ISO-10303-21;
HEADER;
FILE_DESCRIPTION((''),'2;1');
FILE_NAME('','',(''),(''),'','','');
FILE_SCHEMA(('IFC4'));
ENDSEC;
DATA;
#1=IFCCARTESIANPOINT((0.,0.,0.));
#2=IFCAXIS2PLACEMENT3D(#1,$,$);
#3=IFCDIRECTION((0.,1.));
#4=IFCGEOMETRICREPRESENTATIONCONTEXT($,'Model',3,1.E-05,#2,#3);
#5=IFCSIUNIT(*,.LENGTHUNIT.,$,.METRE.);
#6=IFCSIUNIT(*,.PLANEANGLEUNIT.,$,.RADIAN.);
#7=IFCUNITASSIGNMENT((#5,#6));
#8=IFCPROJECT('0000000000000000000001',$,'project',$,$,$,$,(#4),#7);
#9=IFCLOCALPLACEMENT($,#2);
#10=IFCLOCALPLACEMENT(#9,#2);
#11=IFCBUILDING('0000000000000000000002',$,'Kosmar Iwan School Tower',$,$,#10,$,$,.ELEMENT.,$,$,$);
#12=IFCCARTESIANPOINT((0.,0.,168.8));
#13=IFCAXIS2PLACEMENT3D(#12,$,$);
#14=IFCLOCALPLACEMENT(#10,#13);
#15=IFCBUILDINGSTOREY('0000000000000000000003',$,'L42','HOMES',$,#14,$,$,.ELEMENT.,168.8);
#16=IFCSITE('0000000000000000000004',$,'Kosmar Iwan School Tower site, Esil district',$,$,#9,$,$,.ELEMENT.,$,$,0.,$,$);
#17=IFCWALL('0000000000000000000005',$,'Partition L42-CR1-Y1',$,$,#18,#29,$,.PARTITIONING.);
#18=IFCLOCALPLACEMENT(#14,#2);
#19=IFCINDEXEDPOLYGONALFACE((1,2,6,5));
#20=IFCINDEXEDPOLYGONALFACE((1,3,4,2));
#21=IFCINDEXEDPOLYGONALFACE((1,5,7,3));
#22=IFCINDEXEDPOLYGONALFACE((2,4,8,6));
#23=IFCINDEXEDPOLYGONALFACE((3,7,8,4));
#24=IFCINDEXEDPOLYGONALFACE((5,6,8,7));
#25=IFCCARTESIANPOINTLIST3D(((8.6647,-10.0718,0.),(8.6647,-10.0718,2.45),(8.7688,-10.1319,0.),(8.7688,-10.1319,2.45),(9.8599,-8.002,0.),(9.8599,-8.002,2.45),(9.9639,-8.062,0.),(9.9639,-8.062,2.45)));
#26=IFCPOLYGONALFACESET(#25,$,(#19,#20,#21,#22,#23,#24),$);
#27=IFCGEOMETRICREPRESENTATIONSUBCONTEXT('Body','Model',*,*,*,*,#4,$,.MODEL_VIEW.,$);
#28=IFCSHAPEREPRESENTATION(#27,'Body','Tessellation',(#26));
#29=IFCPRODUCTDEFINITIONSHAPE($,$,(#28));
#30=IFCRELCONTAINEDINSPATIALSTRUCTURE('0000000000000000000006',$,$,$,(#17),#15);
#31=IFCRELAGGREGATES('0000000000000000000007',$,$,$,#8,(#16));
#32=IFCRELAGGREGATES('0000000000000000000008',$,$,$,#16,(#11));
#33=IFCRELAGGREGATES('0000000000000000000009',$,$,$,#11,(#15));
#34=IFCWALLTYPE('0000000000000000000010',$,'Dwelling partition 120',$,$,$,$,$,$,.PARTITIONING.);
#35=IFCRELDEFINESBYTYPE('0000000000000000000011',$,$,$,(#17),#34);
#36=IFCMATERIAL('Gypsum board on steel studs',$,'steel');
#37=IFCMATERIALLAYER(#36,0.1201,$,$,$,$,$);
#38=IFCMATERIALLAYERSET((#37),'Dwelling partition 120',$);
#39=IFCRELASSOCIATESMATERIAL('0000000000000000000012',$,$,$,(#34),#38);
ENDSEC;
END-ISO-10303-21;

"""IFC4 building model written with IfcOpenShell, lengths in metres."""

from ifc_helpers import new_model, si_unit, direction, frame, frame_2d, origin, place, context, subcontext, project, spatial, rectangle, extrude, material, layer, layer_set, type_object, element, save


model = new_model("IFC4")

# Units and contexts
model_context = context("Model", 3, precision=1e-05, world=origin(), true_north=direction((0.0, 1.0)))
body_context = subcontext(model_context, "Body", "Model", "MODEL_VIEW")
ifc_project = project(units=[si_unit("LENGTHUNIT", "METRE"), si_unit("PLANEANGLEUNIT", "RADIAN")], contexts=[model_context])

# Site, building, storey
site_placement = place(None, origin())
site = spatial("IfcSite", under=ifc_project, at=site_placement, Name="Kosmar Iwan School Tower site, Esil district", CompositionType="ELEMENT", RefElevation=0.0)
building_placement = place(site_placement, origin())
building = spatial("IfcBuilding", under=site, at=building_placement, Name="Kosmar Iwan School Tower", CompositionType="ELEMENT")
storey_placement = place(building_placement, frame((0.0, 0.0, 168.8)))
storey = spatial("IfcBuildingStorey", under=building, at=storey_placement, Name="L42", Description="HOMES", CompositionType="ELEMENT", Elevation=168.8)

# Shared definitions
ifc_material_1 = material(Name="Gypsum board on steel studs", Category="steel")
ifc_layer = layer(ifc_material_1, 0.1201)
ifc_layer_set = layer_set([ifc_layer], Name="Dwelling partition 120")
wall_type = type_object("IfcWallType", Name="Dwelling partition 120", PredefinedType="PARTITIONING", material=ifc_layer_set)

# Wall
wall_1_placement = place(storey_placement, frame((9.9119, -8.032, 0.0), z_axis=(0.0, 0.0, 1.0), x_axis=(-0.500017, -0.866015, 0.0)))
element("IfcWall", 1, at=wall_1_placement, inside=storey, type_object=wall_type, Name="Partition L42-CR1-Y1", PredefinedType="PARTITIONING", context=body_context, shape_type="SweptSolid", body=[
    extrude(rectangle(XDim=2.3901, YDim=0.1201, at=frame_2d((1.1951, 0.0))), origin(), (0.0, 0.0, 1.0), 2.45),
])

save(model, "model.ifc")
